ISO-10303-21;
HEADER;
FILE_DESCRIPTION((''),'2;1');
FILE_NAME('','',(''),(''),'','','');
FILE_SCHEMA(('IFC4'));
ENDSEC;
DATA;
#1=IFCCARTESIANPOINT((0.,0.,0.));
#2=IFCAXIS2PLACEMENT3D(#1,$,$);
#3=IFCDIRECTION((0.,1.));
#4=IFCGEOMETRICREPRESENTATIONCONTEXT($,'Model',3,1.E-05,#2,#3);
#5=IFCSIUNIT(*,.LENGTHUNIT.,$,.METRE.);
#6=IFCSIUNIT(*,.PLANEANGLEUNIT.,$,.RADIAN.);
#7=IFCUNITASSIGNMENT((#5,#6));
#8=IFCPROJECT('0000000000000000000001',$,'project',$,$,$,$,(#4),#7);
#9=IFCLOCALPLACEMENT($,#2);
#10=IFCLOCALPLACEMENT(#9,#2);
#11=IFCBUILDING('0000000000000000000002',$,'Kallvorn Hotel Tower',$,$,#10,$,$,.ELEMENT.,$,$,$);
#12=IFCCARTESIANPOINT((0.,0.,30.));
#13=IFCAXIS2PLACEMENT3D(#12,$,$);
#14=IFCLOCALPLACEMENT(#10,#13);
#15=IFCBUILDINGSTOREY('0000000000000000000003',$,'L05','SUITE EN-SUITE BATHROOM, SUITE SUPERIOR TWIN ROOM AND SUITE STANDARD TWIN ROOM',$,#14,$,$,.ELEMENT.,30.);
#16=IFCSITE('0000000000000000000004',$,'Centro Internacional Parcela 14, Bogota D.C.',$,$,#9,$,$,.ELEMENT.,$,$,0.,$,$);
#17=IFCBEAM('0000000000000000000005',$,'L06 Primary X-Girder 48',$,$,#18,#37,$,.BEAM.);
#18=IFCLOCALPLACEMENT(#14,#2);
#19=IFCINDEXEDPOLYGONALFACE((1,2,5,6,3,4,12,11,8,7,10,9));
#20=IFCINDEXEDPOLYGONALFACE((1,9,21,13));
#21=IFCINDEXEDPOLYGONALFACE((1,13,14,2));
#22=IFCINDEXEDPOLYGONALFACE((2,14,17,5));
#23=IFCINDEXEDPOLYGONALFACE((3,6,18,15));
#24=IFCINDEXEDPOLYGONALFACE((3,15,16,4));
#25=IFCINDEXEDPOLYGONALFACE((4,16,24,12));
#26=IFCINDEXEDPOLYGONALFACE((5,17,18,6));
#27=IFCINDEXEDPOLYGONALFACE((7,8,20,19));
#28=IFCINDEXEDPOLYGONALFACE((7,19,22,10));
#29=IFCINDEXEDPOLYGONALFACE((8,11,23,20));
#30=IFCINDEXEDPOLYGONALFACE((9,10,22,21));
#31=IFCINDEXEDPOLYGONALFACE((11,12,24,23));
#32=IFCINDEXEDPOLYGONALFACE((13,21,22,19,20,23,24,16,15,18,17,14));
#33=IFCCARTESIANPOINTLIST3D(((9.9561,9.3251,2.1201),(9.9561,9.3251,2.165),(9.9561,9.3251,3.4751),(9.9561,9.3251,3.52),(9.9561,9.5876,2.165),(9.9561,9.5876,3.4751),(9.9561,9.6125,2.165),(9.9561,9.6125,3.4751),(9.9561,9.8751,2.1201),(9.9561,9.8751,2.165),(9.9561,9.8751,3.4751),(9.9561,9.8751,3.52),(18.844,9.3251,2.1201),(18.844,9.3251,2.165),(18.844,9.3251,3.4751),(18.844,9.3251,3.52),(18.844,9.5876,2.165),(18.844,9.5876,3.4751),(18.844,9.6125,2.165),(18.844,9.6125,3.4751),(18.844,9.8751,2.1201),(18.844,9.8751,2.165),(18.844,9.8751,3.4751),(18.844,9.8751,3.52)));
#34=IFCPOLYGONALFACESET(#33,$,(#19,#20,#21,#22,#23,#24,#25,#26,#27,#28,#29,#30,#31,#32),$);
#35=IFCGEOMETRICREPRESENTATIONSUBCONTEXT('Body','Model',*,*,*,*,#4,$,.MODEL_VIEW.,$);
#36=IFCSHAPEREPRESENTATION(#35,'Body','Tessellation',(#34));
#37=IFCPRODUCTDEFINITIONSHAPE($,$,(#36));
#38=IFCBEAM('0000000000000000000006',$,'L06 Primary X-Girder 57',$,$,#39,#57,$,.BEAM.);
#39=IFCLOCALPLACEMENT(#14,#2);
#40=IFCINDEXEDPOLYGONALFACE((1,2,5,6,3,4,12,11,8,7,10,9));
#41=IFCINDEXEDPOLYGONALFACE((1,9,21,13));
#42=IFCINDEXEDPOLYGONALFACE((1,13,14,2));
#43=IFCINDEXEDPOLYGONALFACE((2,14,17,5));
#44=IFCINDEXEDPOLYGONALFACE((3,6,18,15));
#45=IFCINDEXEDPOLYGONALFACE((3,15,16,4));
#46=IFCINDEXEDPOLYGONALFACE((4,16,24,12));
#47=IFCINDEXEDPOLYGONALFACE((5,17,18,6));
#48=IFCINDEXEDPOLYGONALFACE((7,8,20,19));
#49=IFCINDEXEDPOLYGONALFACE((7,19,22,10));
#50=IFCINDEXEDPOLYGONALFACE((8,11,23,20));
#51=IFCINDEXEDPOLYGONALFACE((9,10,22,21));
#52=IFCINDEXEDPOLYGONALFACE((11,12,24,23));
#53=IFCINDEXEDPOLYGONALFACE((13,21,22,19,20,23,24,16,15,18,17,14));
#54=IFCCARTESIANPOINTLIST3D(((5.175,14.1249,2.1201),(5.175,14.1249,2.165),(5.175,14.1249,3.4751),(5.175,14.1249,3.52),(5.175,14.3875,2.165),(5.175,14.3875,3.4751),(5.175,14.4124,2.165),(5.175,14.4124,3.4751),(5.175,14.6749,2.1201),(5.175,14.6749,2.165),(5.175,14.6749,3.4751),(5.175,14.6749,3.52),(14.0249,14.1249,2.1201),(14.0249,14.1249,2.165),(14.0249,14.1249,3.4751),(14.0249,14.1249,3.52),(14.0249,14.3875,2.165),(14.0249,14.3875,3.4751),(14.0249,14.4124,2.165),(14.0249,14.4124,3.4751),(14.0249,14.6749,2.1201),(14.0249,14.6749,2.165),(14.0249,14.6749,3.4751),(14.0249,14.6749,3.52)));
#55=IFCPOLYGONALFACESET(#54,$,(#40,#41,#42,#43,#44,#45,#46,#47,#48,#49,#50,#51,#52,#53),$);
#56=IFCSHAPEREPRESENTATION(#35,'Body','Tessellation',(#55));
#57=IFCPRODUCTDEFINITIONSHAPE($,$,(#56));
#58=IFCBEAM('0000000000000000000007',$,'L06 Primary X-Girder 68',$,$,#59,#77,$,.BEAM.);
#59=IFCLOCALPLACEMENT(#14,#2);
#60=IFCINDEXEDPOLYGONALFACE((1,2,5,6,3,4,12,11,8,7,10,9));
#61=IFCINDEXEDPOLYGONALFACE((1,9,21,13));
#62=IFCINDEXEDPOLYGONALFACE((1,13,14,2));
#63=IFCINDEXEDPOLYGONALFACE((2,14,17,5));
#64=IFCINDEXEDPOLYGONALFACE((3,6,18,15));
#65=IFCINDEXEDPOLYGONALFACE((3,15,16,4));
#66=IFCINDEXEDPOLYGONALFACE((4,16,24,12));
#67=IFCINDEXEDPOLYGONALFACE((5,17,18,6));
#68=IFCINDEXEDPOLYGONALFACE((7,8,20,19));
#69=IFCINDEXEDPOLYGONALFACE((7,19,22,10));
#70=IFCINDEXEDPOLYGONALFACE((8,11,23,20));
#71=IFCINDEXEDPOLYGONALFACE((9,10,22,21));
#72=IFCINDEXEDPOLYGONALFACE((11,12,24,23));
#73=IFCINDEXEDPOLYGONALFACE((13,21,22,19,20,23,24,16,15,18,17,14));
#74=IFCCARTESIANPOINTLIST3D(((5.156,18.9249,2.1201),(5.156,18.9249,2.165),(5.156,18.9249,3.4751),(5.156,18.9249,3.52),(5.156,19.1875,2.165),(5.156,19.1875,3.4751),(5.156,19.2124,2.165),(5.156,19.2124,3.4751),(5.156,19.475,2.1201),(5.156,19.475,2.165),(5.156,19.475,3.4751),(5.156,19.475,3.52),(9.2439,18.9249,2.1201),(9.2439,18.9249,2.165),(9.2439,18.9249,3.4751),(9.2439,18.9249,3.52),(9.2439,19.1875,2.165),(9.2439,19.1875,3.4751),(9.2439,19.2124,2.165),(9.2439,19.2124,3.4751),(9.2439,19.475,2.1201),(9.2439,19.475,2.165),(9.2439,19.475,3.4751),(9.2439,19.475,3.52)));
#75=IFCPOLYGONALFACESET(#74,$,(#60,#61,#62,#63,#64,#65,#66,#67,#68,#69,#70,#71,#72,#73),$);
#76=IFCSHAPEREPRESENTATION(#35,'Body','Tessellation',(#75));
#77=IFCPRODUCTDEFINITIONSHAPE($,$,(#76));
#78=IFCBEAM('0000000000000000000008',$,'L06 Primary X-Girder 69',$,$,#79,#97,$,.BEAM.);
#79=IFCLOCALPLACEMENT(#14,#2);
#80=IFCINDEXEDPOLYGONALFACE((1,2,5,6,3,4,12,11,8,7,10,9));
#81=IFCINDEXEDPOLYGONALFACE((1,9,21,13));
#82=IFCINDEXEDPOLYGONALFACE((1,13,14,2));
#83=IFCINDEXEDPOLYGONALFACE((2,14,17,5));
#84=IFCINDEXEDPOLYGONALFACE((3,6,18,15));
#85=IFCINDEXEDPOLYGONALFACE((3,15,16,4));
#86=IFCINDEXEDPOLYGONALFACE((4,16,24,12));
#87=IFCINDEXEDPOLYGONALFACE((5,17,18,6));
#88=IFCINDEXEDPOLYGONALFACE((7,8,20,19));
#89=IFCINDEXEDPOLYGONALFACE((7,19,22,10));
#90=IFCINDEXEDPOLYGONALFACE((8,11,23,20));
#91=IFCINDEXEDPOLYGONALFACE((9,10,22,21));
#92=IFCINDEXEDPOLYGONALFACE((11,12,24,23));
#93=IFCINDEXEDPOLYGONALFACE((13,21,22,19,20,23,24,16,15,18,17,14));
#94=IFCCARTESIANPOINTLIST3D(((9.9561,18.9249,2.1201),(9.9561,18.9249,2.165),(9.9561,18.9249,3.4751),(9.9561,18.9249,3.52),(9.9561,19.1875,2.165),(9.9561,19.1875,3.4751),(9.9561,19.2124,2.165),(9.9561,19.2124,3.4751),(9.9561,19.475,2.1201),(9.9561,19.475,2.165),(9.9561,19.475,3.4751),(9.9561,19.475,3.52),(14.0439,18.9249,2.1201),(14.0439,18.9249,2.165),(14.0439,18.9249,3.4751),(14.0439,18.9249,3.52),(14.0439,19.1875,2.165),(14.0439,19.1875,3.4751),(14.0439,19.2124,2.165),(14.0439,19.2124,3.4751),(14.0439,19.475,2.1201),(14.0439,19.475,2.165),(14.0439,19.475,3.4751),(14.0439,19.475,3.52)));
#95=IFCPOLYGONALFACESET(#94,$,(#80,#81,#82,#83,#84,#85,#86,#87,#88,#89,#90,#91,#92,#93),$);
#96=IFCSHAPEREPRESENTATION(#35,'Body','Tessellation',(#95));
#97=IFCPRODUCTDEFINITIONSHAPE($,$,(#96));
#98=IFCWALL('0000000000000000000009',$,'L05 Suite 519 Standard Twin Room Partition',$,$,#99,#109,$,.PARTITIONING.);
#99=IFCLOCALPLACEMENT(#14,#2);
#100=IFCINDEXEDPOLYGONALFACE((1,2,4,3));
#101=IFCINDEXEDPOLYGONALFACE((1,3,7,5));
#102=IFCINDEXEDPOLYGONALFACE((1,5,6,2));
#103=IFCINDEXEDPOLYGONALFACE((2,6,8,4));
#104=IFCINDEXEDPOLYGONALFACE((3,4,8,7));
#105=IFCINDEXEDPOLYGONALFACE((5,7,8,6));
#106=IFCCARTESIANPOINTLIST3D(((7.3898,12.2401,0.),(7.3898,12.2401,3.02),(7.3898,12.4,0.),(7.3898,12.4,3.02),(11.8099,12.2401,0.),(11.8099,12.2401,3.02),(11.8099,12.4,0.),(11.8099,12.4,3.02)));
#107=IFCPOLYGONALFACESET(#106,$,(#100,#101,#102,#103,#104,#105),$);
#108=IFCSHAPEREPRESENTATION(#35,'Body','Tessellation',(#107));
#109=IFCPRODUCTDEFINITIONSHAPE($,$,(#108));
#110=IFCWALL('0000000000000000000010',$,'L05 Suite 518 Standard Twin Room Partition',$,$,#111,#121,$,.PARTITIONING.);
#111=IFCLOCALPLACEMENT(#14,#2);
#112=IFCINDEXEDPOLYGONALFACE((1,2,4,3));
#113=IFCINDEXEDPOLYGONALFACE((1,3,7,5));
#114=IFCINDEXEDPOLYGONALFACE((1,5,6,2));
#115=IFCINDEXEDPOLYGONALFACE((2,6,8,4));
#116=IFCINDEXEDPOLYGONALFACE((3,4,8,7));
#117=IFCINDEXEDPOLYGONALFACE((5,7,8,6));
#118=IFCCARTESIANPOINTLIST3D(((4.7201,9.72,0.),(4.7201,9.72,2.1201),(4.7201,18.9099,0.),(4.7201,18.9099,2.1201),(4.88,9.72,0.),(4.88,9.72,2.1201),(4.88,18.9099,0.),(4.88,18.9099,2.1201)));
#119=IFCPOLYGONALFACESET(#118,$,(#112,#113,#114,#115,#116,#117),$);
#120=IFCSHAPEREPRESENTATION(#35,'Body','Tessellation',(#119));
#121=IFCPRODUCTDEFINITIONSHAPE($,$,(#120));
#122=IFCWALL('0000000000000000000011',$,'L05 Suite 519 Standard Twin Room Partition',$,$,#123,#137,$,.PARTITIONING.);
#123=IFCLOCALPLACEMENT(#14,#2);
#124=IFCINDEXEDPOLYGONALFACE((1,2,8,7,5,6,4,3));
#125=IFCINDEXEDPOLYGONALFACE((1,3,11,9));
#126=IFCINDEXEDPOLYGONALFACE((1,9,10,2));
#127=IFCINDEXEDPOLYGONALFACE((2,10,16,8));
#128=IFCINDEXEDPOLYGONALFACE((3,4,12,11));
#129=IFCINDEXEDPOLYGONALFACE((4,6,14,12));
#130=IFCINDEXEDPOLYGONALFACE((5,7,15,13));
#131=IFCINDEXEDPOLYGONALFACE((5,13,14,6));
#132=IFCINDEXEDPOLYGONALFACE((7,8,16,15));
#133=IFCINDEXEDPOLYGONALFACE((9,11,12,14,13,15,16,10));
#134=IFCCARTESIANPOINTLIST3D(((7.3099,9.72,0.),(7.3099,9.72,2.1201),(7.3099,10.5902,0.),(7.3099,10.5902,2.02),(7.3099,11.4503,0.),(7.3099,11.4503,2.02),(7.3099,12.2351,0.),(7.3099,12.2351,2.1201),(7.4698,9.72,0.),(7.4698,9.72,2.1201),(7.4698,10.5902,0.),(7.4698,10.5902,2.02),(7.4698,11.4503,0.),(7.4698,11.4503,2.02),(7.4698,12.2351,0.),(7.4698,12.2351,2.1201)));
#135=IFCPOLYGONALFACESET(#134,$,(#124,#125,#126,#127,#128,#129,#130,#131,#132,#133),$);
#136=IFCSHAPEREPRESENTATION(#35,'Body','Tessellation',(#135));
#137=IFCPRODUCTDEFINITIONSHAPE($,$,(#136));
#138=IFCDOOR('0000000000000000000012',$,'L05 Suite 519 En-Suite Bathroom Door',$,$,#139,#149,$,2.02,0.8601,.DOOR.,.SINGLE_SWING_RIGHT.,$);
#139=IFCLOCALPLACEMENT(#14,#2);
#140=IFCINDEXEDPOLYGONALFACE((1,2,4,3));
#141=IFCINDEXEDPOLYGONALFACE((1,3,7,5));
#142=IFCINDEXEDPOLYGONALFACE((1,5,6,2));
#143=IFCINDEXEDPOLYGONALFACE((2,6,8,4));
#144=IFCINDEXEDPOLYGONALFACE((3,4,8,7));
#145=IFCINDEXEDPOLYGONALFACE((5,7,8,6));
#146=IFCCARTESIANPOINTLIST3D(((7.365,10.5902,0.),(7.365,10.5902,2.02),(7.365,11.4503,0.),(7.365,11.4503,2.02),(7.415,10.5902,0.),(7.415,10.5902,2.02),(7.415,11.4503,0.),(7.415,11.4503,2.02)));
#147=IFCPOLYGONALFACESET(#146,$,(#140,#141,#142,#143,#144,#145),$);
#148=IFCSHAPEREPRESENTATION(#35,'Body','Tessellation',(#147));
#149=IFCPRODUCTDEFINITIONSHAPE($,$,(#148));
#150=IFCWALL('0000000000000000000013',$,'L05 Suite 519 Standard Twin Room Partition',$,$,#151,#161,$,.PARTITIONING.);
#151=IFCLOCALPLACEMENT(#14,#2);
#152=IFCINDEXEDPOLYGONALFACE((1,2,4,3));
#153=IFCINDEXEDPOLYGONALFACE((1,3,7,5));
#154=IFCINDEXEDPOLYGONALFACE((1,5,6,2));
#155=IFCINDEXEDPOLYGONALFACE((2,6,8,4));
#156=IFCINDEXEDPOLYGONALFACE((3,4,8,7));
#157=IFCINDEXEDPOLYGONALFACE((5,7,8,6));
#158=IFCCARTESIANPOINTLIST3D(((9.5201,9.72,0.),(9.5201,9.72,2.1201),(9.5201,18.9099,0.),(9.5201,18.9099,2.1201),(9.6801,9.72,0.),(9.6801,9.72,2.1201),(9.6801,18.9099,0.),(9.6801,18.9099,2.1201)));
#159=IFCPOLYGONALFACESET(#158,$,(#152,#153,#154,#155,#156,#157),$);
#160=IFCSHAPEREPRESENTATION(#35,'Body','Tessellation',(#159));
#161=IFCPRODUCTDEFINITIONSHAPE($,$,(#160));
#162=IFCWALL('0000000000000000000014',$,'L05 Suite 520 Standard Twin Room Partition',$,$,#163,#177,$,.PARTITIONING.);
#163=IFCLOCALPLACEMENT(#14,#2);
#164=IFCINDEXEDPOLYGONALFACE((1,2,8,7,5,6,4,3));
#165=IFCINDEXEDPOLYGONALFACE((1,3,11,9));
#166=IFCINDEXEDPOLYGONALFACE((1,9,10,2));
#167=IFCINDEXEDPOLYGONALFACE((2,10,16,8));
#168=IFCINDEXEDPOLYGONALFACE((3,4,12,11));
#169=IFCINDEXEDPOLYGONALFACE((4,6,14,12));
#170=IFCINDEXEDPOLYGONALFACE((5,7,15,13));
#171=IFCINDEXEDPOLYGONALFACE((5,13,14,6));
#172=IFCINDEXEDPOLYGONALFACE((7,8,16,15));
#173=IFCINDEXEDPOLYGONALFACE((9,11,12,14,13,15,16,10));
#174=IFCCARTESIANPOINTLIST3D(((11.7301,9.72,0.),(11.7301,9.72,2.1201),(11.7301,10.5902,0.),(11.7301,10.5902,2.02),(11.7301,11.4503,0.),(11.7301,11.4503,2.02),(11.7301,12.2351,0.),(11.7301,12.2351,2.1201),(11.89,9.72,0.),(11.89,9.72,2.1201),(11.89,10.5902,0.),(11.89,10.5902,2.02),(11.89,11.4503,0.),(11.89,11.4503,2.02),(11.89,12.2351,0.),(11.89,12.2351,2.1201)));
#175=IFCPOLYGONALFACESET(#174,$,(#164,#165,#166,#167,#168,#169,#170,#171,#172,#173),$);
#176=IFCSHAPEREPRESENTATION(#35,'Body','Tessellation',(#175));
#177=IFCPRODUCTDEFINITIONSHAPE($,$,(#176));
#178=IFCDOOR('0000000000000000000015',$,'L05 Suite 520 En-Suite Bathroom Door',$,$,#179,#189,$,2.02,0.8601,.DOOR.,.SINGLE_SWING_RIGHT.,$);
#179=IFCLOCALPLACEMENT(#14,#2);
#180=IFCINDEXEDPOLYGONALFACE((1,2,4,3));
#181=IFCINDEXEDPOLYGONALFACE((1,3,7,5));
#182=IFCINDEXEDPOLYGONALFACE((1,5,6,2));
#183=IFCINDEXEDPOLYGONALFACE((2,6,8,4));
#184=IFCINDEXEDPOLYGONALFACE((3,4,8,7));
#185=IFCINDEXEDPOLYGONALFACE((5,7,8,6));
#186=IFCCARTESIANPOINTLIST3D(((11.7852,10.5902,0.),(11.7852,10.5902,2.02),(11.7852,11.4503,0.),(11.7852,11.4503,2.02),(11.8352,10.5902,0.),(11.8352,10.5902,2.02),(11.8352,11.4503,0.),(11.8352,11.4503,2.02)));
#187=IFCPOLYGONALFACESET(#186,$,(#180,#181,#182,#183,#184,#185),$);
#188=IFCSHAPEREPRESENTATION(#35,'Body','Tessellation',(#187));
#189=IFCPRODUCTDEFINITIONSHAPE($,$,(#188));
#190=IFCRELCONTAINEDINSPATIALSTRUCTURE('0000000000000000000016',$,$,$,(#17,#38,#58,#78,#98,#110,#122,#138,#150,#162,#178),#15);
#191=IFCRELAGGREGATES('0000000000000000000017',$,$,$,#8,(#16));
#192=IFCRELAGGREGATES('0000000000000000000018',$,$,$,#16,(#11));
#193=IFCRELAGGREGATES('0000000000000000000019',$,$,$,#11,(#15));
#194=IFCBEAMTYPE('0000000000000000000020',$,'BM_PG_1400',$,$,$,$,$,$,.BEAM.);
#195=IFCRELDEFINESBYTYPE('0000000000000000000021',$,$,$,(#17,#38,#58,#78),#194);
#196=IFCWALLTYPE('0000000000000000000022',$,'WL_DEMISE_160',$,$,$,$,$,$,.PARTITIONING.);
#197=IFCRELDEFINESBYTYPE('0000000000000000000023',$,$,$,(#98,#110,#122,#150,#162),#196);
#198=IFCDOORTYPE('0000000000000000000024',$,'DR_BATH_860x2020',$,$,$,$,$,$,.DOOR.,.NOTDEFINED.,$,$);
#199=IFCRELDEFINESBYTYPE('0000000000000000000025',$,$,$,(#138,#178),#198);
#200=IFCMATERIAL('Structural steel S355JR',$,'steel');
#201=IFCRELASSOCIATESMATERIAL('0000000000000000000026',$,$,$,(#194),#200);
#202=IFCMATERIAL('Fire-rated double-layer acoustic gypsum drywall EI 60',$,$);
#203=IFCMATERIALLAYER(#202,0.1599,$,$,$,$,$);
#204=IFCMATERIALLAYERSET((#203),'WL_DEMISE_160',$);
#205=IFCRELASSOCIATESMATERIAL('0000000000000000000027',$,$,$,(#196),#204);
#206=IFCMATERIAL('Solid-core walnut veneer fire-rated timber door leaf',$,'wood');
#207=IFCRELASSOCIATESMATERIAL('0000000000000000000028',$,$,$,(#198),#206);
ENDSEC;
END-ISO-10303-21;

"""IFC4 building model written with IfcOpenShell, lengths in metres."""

from ifc_helpers import new_model, si_unit, direction, frame, frame_2d, origin, origin_2d, place, context, subcontext, project, spatial, rectangle, i_section, extrude, material, layer, layer_set, material_profile, profile_set, type_object, element, fill, save


model = new_model("IFC4")

# Units and contexts
model_context = context("Model", 3, precision=1e-05, world=origin(), true_north=direction((0.0, 1.0)))
body_context = subcontext(model_context, "Body", "Model", "MODEL_VIEW")
ifc_project = project(units=[si_unit("LENGTHUNIT", "METRE"), si_unit("PLANEANGLEUNIT", "RADIAN")], contexts=[model_context])

# Site, building, storey
site_placement = place(None, origin())
site = spatial("IfcSite", under=ifc_project, at=site_placement, Name="Centro Internacional Parcela 14, Bogota D.C.", CompositionType="ELEMENT", RefElevation=0.0)
building_placement = place(site_placement, origin())
building = spatial("IfcBuilding", under=site, at=building_placement, Name="Kallvorn Hotel Tower", CompositionType="ELEMENT")
storey_placement = place(building_placement, frame((0.0, 0.0, 30.0)))
storey = spatial("IfcBuildingStorey", under=building, at=storey_placement, Name="L05", Description="SUITE EN-SUITE BATHROOM, SUITE SUPERIOR TWIN ROOM AND SUITE STANDARD TWIN ROOM", CompositionType="ELEMENT", Elevation=30.0)

# Beams
ifc_material_1 = material(Name="Structural steel S355JR", Category="steel")
ifc_material_profile_1 = material_profile(ifc_material_1, i_section(OverallWidth=0.55, OverallDepth=1.3999, WebThickness=0.0249, FlangeThickness=0.0449, at=origin_2d()), Name="PG 1400x550x25x45")
ifc_profile_set_1 = profile_set([ifc_material_profile_1], Name="Structural steel S355JR")
beam_type_1 = type_object("IfcBeamType", Name="BM_PG_1400", PredefinedType="BEAM", material=ifc_profile_set_1)
beam_1_placement = place(storey_placement, frame((9.9561, 9.6001, 2.8201), z_axis=(1.0, 0.0, 0.0), x_axis=(0.0, 1.0, 0.0)))
element("IfcBeam", 1, at=beam_1_placement, inside=storey, type_object=beam_type_1, Name="L06 Primary X-Girder 48", PredefinedType="BEAM", context=body_context, shape_type="SweptSolid", body=[
    extrude(i_section(OverallWidth=0.55, OverallDepth=1.3999, WebThickness=0.0249, FlangeThickness=0.0449, at=origin_2d()), origin(), (0.0, 0.0, 1.0), 8.8879),
])
beam_2_placement = place(storey_placement, frame((5.175, 14.3999, 2.8201), z_axis=(1.0, 0.0, 0.0), x_axis=(0.0, 1.0, 0.0)))
element("IfcBeam", 2, at=beam_2_placement, inside=storey, type_object=beam_type_1, Name="L06 Primary X-Girder 57", PredefinedType="BEAM", context=body_context, shape_type="SweptSolid", body=[
    extrude(i_section(OverallWidth=0.55, OverallDepth=1.3999, WebThickness=0.0249, FlangeThickness=0.0449, at=origin_2d()), origin(), (0.0, 0.0, 1.0), 8.8499),
])
for number, where, z_axis, x_axis, name in (
    (3, (5.156, 19.2, 2.8201), (1.0, 0.0, 0.0), (0.0, 1.0, 0.0), "L06 Primary X-Girder 68"),
    (4, (9.9561, 19.2, 2.8201), (1.0, 0.0, 0.0), (0.0, 1.0, 0.0), "L06 Primary X-Girder 69"),
):
    element("IfcBeam", number, at=place(storey_placement, frame(where, z_axis=z_axis, x_axis=x_axis)), inside=storey, type_object=beam_type_1, Name=name, PredefinedType="BEAM", context=body_context, shape_type="SweptSolid", body=[
        extrude(i_section(OverallWidth=0.55, OverallDepth=1.3999, WebThickness=0.0249, FlangeThickness=0.0449, at=origin_2d()), origin(), (0.0, 0.0, 1.0), 4.0879),
    ])

# Walls
ifc_material_2 = material(Name="Fire-rated double-layer acoustic gypsum drywall EI 60")
ifc_layer = layer(ifc_material_2, 0.1599)
ifc_layer_set = layer_set([ifc_layer], Name="WL_DEMISE_160")
wall_type = type_object("IfcWallType", Name="WL_DEMISE_160", PredefinedType="PARTITIONING", material=ifc_layer_set)
wall_1_placement = place(storey_placement, frame((7.3899, 12.3201, 0.0), z_axis=(0.0, 0.0, 1.0), x_axis=(1.0, 0.0, 0.0)))
element("IfcWall", 5, at=wall_1_placement, inside=storey, type_object=wall_type, Name="L05 Suite 519 Standard Twin Room Partition", PredefinedType="PARTITIONING", context=body_context, shape_type="SweptSolid", body=[
    extrude(rectangle(XDim=4.4202, YDim=0.1599, at=frame_2d((2.21, 0.0))), origin(), (0.0, 0.0, 1.0), 3.02),
])
wall_2_placement = place(storey_placement, frame((4.8, 9.72, 0.0), z_axis=(0.0, 0.0, 1.0), x_axis=(0.0, 1.0, 0.0)))
element("IfcWall", 6, at=wall_2_placement, inside=storey, type_object=wall_type, Name="L05 Suite 518 Standard Twin Room Partition", PredefinedType="PARTITIONING", context=body_context, shape_type="SweptSolid", body=[
    extrude(rectangle(XDim=9.1899, YDim=0.1599, at=frame_2d((4.595, 0.0))), origin(), (0.0, 0.0, 1.0), 2.1201),
])

# Wall, opening, door
wall_3_placement = place(storey_placement, frame((7.3899, 9.72, 0.0), z_axis=(0.0, 0.0, 1.0), x_axis=(0.0, 1.0, 0.0)))
wall_3 = element("IfcWall", 7, at=wall_3_placement, inside=storey, type_object=wall_type, Name="L05 Suite 519 Standard Twin Room Partition", PredefinedType="PARTITIONING", context=body_context, shape_type="SweptSolid", body=[
    extrude(rectangle(XDim=2.5151, YDim=0.1599, at=frame_2d((1.2576, 0.0))), origin(), (0.0, 0.0, 1.0), 2.1201),
])
opening_1_placement = place(wall_3_placement, frame((0.8701, 0.0, 0.0)))
opening_1 = element("IfcOpeningElement", 8, at=opening_1_placement, cuts=wall_3, PredefinedType="OPENING", context=body_context, shape_type="SweptSolid", body=[
    extrude(rectangle(XDim=0.8601, YDim=2.02, at=frame_2d((0.4302, 1.01))), frame((0.0, 0.095, 0.0), z_axis=(0.0, -1.0, 0.0), x_axis=(1.0, 0.0, 0.0)), (0.0, 0.0, 1.0), 0.1899),
])
ifc_material_3 = material(Name="Solid-core walnut veneer fire-rated timber door leaf", Category="wood")
door_type = type_object("IfcDoorType", Name="DR_BATH_860x2020", OperationType="NOTDEFINED", PredefinedType="DOOR", material=ifc_material_3)
door_1_placement = place(opening_1_placement, origin())
door_1 = element("IfcDoor", 9, at=door_1_placement, inside=storey, type_object=door_type, Name="L05 Suite 519 En-Suite Bathroom Door", OperationType="SINGLE_SWING_RIGHT", OverallHeight=2.02, OverallWidth=0.8601, PredefinedType="DOOR", context=body_context, shape_type="SweptSolid", body=[
    extrude(rectangle(XDim=0.8601, YDim=2.02, at=frame_2d((0.4302, 1.01))), frame((0.0, 0.0249, 0.0), z_axis=(0.0, -1.0, 0.0), x_axis=(1.0, 0.0, 0.0)), (0.0, 0.0, 1.0), 0.05),
])
fill(opening_1, door_1)

# Wall
wall_4_placement = place(storey_placement, frame((9.6001, 9.72, 0.0), z_axis=(0.0, 0.0, 1.0), x_axis=(0.0, 1.0, 0.0)))
element("IfcWall", 10, at=wall_4_placement, inside=storey, type_object=wall_type, Name="L05 Suite 519 Standard Twin Room Partition", PredefinedType="PARTITIONING", context=body_context, shape_type="SweptSolid", body=[
    extrude(rectangle(XDim=9.1899, YDim=0.1599, at=frame_2d((4.595, 0.0))), origin(), (0.0, 0.0, 1.0), 2.1201),
])

# Wall, opening, door
wall_5_placement = place(storey_placement, frame((11.8101, 9.72, 0.0), z_axis=(0.0, 0.0, 1.0), x_axis=(0.0, 1.0, 0.0)))
wall_5 = element("IfcWall", 11, at=wall_5_placement, inside=storey, type_object=wall_type, Name="L05 Suite 520 Standard Twin Room Partition", PredefinedType="PARTITIONING", context=body_context, shape_type="SweptSolid", body=[
    extrude(rectangle(XDim=2.5151, YDim=0.1599, at=frame_2d((1.2576, 0.0))), origin(), (0.0, 0.0, 1.0), 2.1201),
])
opening_2_placement = place(wall_5_placement, frame((0.8701, 0.0, 0.0)))
opening_2 = element("IfcOpeningElement", 12, at=opening_2_placement, cuts=wall_5, PredefinedType="OPENING", context=body_context, shape_type="SweptSolid", body=[
    extrude(rectangle(XDim=0.8601, YDim=2.02, at=frame_2d((0.4302, 1.01))), frame((0.0, 0.095, 0.0), z_axis=(0.0, -1.0, 0.0), x_axis=(1.0, 0.0, 0.0)), (0.0, 0.0, 1.0), 0.1899),
])
door_2_placement = place(opening_2_placement, origin())
door_2 = element("IfcDoor", 13, at=door_2_placement, inside=storey, type_object=door_type, Name="L05 Suite 520 En-Suite Bathroom Door", OperationType="SINGLE_SWING_RIGHT", OverallHeight=2.02, OverallWidth=0.8601, PredefinedType="DOOR", context=body_context, shape_type="SweptSolid", body=[
    extrude(rectangle(XDim=0.8601, YDim=2.02, at=frame_2d((0.4302, 1.01))), frame((0.0, 0.0249, 0.0), z_axis=(0.0, -1.0, 0.0), x_axis=(1.0, 0.0, 0.0)), (0.0, 0.0, 1.0), 0.05),
])
fill(opening_2, door_2)

save(model, "model.ifc")
